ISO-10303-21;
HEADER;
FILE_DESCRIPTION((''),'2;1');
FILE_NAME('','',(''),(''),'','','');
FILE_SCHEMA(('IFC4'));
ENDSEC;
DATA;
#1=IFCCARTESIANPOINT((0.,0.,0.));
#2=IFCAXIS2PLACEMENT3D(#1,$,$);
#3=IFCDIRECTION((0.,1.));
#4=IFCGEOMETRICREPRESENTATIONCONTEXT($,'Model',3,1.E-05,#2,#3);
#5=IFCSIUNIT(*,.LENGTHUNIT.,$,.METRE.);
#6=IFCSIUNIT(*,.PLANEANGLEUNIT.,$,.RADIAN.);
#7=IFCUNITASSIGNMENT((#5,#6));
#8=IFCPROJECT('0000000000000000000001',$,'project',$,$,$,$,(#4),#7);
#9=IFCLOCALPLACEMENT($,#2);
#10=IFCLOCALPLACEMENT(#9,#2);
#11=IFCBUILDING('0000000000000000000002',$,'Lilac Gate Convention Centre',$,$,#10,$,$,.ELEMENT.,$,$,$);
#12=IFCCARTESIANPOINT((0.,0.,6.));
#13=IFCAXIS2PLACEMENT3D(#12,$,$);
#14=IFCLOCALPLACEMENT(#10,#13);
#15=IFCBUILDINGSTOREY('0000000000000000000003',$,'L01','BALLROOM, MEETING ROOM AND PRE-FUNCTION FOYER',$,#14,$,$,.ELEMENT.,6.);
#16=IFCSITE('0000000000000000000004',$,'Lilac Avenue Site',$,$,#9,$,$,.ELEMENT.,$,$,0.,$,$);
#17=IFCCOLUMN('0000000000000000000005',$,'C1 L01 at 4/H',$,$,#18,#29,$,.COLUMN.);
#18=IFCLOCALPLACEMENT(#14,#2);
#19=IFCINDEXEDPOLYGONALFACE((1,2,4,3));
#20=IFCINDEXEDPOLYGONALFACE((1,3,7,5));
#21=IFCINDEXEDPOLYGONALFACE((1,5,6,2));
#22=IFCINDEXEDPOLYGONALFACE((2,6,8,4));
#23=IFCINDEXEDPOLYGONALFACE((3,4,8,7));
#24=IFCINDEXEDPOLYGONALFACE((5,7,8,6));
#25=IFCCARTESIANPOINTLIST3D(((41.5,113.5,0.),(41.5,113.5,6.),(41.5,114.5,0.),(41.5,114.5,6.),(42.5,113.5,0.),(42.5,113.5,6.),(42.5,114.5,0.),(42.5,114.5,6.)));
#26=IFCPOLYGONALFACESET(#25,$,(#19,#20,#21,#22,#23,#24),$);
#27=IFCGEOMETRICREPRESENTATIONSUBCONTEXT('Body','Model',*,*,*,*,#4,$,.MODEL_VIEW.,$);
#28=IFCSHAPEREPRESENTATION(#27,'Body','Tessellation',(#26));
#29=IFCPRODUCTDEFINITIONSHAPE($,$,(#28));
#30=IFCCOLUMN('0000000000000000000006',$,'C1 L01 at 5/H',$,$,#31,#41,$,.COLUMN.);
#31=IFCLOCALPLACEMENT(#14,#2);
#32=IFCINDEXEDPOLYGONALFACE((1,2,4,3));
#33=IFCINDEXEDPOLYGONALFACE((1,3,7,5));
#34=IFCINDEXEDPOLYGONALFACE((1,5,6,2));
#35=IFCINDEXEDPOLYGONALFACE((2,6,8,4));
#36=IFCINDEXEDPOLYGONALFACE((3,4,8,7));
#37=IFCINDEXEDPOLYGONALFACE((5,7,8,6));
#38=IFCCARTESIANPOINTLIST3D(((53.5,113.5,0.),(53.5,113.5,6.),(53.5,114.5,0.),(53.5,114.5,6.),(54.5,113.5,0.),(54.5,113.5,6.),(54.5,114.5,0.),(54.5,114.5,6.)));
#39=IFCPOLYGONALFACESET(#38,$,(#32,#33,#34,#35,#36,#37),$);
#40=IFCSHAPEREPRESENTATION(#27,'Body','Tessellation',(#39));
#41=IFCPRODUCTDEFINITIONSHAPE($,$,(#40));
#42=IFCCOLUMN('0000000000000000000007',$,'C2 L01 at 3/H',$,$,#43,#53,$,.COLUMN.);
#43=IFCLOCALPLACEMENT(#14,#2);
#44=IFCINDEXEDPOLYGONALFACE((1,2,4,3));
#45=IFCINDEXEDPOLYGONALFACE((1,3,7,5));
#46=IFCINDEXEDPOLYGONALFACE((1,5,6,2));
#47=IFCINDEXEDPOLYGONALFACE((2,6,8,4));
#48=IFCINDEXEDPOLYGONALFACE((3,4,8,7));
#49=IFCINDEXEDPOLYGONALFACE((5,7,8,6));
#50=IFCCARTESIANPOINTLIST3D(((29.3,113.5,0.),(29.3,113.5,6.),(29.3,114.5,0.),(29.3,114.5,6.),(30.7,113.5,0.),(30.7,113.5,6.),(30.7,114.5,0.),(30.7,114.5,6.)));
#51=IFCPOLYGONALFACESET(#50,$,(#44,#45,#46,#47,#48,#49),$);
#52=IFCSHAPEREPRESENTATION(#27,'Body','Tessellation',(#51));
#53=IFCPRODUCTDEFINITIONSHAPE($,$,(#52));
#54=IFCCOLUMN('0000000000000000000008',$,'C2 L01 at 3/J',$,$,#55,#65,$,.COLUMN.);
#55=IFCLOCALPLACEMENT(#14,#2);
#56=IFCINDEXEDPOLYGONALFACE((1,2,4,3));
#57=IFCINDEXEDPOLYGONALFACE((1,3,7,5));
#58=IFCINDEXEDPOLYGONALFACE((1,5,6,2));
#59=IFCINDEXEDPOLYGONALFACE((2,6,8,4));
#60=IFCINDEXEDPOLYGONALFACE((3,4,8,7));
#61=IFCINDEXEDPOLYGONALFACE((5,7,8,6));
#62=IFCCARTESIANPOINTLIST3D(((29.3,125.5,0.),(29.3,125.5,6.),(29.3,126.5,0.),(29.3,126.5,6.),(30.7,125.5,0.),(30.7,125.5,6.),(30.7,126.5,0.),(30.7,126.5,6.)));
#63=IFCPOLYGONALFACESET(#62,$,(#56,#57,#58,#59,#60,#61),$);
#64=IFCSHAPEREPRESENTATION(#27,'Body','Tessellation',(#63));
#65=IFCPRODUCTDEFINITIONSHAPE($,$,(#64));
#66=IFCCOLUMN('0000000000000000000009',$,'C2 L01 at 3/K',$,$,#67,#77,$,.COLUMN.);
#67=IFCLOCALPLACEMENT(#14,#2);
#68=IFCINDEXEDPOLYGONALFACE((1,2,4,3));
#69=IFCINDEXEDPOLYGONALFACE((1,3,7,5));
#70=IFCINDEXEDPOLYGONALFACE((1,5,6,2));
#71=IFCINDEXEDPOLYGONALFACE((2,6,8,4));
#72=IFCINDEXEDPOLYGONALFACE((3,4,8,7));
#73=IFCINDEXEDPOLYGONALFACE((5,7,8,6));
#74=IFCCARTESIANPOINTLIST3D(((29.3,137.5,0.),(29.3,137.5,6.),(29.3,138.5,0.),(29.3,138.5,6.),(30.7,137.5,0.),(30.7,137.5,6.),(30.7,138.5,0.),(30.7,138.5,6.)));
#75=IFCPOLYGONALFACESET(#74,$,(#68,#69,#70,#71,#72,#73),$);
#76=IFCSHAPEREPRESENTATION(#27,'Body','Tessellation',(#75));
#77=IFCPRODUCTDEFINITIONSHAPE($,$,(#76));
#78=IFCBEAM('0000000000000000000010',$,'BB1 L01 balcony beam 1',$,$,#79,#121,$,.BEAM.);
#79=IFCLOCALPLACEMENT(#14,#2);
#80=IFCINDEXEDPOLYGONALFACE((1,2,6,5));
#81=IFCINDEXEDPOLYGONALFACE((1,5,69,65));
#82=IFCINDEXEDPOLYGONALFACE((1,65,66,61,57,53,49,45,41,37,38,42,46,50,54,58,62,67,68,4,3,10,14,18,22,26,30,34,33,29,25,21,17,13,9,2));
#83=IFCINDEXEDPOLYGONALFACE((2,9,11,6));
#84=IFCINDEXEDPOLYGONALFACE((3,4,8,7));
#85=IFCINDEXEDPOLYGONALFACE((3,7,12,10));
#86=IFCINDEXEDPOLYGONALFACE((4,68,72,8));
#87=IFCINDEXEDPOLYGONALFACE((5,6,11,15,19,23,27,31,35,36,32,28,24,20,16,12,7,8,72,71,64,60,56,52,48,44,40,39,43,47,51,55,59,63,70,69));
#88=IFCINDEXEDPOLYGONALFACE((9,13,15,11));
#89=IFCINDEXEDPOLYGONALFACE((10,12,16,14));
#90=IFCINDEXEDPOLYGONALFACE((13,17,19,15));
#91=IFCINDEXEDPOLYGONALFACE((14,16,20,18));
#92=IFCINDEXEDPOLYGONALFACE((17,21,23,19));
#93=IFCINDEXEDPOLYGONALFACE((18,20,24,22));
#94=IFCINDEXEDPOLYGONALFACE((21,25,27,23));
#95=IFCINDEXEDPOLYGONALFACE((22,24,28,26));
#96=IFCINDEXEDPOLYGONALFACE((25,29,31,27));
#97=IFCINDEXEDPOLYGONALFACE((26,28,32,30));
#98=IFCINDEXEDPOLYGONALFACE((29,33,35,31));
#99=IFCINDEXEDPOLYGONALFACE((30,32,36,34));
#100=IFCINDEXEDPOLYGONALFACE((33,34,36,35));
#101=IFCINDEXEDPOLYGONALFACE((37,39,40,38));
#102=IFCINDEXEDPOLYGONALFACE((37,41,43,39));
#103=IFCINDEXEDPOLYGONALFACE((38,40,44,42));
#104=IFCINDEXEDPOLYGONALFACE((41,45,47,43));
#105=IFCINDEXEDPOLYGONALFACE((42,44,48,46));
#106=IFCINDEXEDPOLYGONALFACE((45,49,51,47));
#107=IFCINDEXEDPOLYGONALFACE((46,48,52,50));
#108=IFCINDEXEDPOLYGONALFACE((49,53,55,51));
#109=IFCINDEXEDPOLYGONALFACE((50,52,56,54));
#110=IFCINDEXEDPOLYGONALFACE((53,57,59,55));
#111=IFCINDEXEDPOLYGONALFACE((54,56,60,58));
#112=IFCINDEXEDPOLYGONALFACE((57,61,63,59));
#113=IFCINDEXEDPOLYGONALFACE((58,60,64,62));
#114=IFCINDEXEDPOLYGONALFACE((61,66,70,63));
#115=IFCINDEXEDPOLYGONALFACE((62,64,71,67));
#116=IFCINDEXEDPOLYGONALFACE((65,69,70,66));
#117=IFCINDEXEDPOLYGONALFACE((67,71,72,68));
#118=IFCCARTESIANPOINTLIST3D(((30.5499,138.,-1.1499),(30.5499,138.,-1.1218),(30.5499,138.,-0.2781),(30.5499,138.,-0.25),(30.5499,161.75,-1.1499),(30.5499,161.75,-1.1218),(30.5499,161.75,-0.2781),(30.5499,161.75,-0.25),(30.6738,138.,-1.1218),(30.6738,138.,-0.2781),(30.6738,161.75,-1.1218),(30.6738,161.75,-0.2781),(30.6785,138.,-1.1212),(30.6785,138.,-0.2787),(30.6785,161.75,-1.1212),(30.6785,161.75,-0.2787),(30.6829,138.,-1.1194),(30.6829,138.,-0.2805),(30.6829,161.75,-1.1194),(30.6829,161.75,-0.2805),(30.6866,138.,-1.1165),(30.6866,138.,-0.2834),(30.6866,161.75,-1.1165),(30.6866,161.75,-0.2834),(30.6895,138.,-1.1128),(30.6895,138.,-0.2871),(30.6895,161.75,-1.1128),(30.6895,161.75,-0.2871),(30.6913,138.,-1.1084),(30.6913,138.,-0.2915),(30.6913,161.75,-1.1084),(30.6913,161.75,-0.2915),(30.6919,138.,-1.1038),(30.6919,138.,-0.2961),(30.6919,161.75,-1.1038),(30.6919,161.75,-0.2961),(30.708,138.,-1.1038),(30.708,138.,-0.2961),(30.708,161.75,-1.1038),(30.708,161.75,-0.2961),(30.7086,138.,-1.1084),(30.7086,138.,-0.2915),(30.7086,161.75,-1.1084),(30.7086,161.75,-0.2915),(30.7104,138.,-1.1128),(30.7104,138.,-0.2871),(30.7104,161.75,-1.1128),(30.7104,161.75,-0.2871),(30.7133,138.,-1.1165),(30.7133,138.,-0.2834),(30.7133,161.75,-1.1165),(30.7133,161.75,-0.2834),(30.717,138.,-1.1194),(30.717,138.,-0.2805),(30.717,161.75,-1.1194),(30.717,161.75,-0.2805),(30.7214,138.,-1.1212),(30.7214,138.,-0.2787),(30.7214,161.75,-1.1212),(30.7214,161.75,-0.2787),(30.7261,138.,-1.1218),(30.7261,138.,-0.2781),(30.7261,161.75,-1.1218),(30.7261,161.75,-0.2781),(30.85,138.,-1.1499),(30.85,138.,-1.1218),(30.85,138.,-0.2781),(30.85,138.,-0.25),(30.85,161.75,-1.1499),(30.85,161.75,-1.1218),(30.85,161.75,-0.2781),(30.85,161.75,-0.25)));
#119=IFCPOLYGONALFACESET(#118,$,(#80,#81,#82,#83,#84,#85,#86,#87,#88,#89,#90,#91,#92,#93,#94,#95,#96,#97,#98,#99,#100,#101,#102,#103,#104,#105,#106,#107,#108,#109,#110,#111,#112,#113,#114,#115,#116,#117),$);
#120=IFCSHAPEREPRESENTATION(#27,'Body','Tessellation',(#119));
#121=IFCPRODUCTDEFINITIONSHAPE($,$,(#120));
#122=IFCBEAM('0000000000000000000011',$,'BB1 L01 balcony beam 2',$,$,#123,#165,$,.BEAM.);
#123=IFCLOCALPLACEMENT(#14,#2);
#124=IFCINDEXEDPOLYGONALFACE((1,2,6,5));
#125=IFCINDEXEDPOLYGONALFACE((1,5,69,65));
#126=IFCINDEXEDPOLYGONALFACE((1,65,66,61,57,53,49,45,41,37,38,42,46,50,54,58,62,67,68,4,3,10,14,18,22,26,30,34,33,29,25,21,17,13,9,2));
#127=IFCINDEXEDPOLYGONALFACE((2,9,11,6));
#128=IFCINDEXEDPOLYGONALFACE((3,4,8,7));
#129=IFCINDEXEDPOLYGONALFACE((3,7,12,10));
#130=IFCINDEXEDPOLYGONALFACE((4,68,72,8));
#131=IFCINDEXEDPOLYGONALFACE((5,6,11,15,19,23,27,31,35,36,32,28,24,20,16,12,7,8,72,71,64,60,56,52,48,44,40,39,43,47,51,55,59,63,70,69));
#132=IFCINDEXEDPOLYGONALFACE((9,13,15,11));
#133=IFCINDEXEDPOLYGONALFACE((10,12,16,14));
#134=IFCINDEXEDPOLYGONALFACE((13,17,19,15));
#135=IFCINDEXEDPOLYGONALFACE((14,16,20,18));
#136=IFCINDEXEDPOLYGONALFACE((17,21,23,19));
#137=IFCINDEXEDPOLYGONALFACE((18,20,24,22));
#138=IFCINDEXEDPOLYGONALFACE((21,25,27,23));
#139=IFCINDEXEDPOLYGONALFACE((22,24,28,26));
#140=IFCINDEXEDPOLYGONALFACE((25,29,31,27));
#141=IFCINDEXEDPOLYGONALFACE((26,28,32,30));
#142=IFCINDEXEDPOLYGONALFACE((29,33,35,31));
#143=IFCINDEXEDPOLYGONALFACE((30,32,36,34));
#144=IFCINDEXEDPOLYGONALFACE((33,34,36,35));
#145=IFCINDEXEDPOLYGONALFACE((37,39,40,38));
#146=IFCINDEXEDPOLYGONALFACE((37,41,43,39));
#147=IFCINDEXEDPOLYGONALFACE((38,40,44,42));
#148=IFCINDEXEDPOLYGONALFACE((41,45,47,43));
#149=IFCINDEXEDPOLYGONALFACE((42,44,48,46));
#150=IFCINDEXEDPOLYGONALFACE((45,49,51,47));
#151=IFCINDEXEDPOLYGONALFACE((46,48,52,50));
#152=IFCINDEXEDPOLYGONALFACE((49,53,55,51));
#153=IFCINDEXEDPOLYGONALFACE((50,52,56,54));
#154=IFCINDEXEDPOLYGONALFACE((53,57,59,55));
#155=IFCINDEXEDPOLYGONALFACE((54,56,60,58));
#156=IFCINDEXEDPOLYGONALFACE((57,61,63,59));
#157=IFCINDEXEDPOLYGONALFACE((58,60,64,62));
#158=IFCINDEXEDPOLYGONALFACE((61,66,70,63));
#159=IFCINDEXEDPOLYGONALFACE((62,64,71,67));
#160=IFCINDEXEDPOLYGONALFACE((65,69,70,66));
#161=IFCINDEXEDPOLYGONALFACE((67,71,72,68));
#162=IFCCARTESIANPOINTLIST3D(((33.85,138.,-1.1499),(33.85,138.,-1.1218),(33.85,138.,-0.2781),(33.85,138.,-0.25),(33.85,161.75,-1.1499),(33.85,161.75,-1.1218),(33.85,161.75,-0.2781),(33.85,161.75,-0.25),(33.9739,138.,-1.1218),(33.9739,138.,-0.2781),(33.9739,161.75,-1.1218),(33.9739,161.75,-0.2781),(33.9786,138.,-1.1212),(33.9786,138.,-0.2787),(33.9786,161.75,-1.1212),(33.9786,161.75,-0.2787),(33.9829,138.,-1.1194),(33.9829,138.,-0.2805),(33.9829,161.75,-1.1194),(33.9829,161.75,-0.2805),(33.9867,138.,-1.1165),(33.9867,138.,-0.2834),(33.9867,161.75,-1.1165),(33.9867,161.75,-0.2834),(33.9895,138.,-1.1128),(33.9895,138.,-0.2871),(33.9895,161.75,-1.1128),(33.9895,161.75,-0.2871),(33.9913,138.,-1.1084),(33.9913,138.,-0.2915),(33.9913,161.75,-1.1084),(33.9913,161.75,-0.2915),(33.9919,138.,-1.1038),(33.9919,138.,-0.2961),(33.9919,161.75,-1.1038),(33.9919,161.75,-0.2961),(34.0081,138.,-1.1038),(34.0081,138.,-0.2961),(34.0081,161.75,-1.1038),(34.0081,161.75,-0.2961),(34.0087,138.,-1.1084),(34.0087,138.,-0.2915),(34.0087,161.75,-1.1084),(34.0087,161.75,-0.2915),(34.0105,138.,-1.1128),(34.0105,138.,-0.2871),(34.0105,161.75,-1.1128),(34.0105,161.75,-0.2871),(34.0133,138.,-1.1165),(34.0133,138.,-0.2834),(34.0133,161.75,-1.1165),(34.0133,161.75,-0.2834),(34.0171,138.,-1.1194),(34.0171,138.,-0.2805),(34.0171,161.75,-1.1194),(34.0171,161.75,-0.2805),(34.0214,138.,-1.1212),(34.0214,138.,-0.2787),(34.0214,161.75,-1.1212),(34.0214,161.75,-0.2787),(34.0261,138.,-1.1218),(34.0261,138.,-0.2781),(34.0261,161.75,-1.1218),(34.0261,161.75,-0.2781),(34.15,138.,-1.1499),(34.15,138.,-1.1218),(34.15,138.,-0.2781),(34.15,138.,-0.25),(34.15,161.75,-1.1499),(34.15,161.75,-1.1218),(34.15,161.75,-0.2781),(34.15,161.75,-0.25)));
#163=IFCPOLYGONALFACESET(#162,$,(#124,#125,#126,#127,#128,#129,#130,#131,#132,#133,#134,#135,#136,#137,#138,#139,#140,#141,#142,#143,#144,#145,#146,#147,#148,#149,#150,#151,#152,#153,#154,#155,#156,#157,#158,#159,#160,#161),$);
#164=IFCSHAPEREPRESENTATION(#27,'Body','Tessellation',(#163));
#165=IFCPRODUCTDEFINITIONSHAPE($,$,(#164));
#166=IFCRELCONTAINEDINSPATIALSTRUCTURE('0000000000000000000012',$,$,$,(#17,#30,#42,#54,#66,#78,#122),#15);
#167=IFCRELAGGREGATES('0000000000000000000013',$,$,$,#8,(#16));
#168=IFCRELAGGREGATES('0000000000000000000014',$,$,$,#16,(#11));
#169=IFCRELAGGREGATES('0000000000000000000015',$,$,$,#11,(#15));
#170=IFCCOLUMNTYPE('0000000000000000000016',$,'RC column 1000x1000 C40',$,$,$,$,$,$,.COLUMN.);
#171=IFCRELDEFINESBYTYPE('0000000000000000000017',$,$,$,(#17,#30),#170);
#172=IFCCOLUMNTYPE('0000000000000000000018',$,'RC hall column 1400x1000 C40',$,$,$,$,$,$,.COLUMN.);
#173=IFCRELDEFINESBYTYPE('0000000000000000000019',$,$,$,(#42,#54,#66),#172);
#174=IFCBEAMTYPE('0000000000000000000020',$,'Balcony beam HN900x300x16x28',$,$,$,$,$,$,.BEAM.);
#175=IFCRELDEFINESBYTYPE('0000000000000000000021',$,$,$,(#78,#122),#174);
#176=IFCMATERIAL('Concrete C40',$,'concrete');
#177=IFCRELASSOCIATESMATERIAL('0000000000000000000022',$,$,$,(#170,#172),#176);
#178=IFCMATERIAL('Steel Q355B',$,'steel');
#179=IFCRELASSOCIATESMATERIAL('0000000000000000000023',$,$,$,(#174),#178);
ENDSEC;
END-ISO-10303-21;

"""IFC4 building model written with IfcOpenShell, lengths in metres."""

from ifc_helpers import new_model, si_unit, direction, frame, origin, origin_2d, place, context, subcontext, project, spatial, rectangle, i_section, extrude, material, material_profile, profile_set, type_object, element, save


model = new_model("IFC4")

# Units and contexts
model_context = context("Model", 3, precision=1e-05, world=origin(), true_north=direction((0.0, 1.0)))
body_context = subcontext(model_context, "Body", "Model", "MODEL_VIEW")
ifc_project = project(units=[si_unit("LENGTHUNIT", "METRE"), si_unit("PLANEANGLEUNIT", "RADIAN")], contexts=[model_context])

# Site, building, storey
site_placement = place(None, origin())
site = spatial("IfcSite", under=ifc_project, at=site_placement, Name="Lilac Avenue Site", CompositionType="ELEMENT", RefElevation=0.0)
building_placement = place(site_placement, origin())
building = spatial("IfcBuilding", under=site, at=building_placement, Name="Lilac Gate Convention Centre", CompositionType="ELEMENT")
storey_placement = place(building_placement, frame((0.0, 0.0, 6.0)))
storey = spatial("IfcBuildingStorey", under=building, at=storey_placement, Name="L01", Description="BALLROOM, MEETING ROOM AND PRE-FUNCTION FOYER", CompositionType="ELEMENT", Elevation=6.0)

# Columns
ifc_material_1 = material(Name="Concrete C40", Category="concrete")
ifc_material_profile_1 = material_profile(ifc_material_1, rectangle(XDim=1.0, YDim=1.0, at=origin_2d()), Name="RC 1000x1000")
ifc_profile_set_1 = profile_set([ifc_material_profile_1], Name="Concrete C40")
column_type_1 = type_object("IfcColumnType", Name="RC column 1000x1000 C40", PredefinedType="COLUMN", material=ifc_profile_set_1)
for number, where, z_axis, x_axis, name in (
    (1, (42.0, 114.0, 0.0), (0.0, 0.0, 1.0), (1.0, 0.0, 0.0), "C1 L01 at 4/H"),
    (2, (54.0, 114.0, 0.0), (0.0, 0.0, 1.0), (1.0, 0.0, 0.0), "C1 L01 at 5/H"),
):
    element("IfcColumn", number, at=place(storey_placement, frame(where, z_axis=z_axis, x_axis=x_axis)), inside=storey, type_object=column_type_1, Name=name, PredefinedType="COLUMN", context=body_context, shape_type="SweptSolid", body=[
        extrude(rectangle(XDim=1.0, YDim=1.0, at=origin_2d()), origin(), (0.0, 0.0, 1.0), 6.0),
    ])
ifc_material_profile_2 = material_profile(ifc_material_1, rectangle(XDim=1.3999, YDim=1.0, at=origin_2d()), Name="RC 1400x1000")
ifc_profile_set_2 = profile_set([ifc_material_profile_2], Name="Concrete C40")
column_type_2 = type_object("IfcColumnType", Name="RC hall column 1400x1000 C40", PredefinedType="COLUMN", material=ifc_profile_set_2)
for number, where, z_axis, x_axis, name in (
    (3, (30.0, 114.0, 0.0), (0.0, 0.0, 1.0), (1.0, 0.0, 0.0), "C2 L01 at 3/H"),
    (4, (30.0, 126.0, 0.0), (0.0, 0.0, 1.0), (1.0, 0.0, 0.0), "C2 L01 at 3/J"),
    (5, (30.0, 138.0, 0.0), (0.0, 0.0, 1.0), (1.0, 0.0, 0.0), "C2 L01 at 3/K"),
):
    element("IfcColumn", number, at=place(storey_placement, frame(where, z_axis=z_axis, x_axis=x_axis)), inside=storey, type_object=column_type_2, Name=name, PredefinedType="COLUMN", context=body_context, shape_type="SweptSolid", body=[
        extrude(rectangle(XDim=1.3999, YDim=1.0, at=origin_2d()), origin(), (0.0, 0.0, 1.0), 6.0),
    ])

# Beams
ifc_material_2 = material(Name="Steel Q355B", Category="steel")
ifc_material_profile_3 = material_profile(ifc_material_2, i_section(OverallWidth=0.3, OverallDepth=0.8999, WebThickness=0.0161, FlangeThickness=0.0281, FilletRadius=0.0181, at=origin_2d()), Name="HN900x300x16x28")
ifc_profile_set_3 = profile_set([ifc_material_profile_3], Name="Steel Q355B")
beam_type_1 = type_object("IfcBeamType", Name="Balcony beam HN900x300x16x28", PredefinedType="BEAM", material=ifc_profile_set_3)
for number, where, z_axis, x_axis, name in (
    (6, (30.7, 138.0, -0.7), (0.0, 1.0, 0.0), (-1.0, 0.0, 0.0), "BB1 L01 balcony beam 1"),
    (7, (34.0, 138.0, -0.7), (0.0, 1.0, 0.0), (-1.0, 0.0, 0.0), "BB1 L01 balcony beam 2"),
):
    element("IfcBeam", number, at=place(storey_placement, frame(where, z_axis=z_axis, x_axis=x_axis)), inside=storey, type_object=beam_type_1, Name=name, PredefinedType="BEAM", context=body_context, shape_type="SweptSolid", body=[
        extrude(i_section(OverallWidth=0.3, OverallDepth=0.8999, WebThickness=0.0161, FlangeThickness=0.0281, FilletRadius=0.0181, at=origin_2d()), origin(), (0.0, 0.0, 1.0), 23.75),
    ])

save(model, "model.ifc")
